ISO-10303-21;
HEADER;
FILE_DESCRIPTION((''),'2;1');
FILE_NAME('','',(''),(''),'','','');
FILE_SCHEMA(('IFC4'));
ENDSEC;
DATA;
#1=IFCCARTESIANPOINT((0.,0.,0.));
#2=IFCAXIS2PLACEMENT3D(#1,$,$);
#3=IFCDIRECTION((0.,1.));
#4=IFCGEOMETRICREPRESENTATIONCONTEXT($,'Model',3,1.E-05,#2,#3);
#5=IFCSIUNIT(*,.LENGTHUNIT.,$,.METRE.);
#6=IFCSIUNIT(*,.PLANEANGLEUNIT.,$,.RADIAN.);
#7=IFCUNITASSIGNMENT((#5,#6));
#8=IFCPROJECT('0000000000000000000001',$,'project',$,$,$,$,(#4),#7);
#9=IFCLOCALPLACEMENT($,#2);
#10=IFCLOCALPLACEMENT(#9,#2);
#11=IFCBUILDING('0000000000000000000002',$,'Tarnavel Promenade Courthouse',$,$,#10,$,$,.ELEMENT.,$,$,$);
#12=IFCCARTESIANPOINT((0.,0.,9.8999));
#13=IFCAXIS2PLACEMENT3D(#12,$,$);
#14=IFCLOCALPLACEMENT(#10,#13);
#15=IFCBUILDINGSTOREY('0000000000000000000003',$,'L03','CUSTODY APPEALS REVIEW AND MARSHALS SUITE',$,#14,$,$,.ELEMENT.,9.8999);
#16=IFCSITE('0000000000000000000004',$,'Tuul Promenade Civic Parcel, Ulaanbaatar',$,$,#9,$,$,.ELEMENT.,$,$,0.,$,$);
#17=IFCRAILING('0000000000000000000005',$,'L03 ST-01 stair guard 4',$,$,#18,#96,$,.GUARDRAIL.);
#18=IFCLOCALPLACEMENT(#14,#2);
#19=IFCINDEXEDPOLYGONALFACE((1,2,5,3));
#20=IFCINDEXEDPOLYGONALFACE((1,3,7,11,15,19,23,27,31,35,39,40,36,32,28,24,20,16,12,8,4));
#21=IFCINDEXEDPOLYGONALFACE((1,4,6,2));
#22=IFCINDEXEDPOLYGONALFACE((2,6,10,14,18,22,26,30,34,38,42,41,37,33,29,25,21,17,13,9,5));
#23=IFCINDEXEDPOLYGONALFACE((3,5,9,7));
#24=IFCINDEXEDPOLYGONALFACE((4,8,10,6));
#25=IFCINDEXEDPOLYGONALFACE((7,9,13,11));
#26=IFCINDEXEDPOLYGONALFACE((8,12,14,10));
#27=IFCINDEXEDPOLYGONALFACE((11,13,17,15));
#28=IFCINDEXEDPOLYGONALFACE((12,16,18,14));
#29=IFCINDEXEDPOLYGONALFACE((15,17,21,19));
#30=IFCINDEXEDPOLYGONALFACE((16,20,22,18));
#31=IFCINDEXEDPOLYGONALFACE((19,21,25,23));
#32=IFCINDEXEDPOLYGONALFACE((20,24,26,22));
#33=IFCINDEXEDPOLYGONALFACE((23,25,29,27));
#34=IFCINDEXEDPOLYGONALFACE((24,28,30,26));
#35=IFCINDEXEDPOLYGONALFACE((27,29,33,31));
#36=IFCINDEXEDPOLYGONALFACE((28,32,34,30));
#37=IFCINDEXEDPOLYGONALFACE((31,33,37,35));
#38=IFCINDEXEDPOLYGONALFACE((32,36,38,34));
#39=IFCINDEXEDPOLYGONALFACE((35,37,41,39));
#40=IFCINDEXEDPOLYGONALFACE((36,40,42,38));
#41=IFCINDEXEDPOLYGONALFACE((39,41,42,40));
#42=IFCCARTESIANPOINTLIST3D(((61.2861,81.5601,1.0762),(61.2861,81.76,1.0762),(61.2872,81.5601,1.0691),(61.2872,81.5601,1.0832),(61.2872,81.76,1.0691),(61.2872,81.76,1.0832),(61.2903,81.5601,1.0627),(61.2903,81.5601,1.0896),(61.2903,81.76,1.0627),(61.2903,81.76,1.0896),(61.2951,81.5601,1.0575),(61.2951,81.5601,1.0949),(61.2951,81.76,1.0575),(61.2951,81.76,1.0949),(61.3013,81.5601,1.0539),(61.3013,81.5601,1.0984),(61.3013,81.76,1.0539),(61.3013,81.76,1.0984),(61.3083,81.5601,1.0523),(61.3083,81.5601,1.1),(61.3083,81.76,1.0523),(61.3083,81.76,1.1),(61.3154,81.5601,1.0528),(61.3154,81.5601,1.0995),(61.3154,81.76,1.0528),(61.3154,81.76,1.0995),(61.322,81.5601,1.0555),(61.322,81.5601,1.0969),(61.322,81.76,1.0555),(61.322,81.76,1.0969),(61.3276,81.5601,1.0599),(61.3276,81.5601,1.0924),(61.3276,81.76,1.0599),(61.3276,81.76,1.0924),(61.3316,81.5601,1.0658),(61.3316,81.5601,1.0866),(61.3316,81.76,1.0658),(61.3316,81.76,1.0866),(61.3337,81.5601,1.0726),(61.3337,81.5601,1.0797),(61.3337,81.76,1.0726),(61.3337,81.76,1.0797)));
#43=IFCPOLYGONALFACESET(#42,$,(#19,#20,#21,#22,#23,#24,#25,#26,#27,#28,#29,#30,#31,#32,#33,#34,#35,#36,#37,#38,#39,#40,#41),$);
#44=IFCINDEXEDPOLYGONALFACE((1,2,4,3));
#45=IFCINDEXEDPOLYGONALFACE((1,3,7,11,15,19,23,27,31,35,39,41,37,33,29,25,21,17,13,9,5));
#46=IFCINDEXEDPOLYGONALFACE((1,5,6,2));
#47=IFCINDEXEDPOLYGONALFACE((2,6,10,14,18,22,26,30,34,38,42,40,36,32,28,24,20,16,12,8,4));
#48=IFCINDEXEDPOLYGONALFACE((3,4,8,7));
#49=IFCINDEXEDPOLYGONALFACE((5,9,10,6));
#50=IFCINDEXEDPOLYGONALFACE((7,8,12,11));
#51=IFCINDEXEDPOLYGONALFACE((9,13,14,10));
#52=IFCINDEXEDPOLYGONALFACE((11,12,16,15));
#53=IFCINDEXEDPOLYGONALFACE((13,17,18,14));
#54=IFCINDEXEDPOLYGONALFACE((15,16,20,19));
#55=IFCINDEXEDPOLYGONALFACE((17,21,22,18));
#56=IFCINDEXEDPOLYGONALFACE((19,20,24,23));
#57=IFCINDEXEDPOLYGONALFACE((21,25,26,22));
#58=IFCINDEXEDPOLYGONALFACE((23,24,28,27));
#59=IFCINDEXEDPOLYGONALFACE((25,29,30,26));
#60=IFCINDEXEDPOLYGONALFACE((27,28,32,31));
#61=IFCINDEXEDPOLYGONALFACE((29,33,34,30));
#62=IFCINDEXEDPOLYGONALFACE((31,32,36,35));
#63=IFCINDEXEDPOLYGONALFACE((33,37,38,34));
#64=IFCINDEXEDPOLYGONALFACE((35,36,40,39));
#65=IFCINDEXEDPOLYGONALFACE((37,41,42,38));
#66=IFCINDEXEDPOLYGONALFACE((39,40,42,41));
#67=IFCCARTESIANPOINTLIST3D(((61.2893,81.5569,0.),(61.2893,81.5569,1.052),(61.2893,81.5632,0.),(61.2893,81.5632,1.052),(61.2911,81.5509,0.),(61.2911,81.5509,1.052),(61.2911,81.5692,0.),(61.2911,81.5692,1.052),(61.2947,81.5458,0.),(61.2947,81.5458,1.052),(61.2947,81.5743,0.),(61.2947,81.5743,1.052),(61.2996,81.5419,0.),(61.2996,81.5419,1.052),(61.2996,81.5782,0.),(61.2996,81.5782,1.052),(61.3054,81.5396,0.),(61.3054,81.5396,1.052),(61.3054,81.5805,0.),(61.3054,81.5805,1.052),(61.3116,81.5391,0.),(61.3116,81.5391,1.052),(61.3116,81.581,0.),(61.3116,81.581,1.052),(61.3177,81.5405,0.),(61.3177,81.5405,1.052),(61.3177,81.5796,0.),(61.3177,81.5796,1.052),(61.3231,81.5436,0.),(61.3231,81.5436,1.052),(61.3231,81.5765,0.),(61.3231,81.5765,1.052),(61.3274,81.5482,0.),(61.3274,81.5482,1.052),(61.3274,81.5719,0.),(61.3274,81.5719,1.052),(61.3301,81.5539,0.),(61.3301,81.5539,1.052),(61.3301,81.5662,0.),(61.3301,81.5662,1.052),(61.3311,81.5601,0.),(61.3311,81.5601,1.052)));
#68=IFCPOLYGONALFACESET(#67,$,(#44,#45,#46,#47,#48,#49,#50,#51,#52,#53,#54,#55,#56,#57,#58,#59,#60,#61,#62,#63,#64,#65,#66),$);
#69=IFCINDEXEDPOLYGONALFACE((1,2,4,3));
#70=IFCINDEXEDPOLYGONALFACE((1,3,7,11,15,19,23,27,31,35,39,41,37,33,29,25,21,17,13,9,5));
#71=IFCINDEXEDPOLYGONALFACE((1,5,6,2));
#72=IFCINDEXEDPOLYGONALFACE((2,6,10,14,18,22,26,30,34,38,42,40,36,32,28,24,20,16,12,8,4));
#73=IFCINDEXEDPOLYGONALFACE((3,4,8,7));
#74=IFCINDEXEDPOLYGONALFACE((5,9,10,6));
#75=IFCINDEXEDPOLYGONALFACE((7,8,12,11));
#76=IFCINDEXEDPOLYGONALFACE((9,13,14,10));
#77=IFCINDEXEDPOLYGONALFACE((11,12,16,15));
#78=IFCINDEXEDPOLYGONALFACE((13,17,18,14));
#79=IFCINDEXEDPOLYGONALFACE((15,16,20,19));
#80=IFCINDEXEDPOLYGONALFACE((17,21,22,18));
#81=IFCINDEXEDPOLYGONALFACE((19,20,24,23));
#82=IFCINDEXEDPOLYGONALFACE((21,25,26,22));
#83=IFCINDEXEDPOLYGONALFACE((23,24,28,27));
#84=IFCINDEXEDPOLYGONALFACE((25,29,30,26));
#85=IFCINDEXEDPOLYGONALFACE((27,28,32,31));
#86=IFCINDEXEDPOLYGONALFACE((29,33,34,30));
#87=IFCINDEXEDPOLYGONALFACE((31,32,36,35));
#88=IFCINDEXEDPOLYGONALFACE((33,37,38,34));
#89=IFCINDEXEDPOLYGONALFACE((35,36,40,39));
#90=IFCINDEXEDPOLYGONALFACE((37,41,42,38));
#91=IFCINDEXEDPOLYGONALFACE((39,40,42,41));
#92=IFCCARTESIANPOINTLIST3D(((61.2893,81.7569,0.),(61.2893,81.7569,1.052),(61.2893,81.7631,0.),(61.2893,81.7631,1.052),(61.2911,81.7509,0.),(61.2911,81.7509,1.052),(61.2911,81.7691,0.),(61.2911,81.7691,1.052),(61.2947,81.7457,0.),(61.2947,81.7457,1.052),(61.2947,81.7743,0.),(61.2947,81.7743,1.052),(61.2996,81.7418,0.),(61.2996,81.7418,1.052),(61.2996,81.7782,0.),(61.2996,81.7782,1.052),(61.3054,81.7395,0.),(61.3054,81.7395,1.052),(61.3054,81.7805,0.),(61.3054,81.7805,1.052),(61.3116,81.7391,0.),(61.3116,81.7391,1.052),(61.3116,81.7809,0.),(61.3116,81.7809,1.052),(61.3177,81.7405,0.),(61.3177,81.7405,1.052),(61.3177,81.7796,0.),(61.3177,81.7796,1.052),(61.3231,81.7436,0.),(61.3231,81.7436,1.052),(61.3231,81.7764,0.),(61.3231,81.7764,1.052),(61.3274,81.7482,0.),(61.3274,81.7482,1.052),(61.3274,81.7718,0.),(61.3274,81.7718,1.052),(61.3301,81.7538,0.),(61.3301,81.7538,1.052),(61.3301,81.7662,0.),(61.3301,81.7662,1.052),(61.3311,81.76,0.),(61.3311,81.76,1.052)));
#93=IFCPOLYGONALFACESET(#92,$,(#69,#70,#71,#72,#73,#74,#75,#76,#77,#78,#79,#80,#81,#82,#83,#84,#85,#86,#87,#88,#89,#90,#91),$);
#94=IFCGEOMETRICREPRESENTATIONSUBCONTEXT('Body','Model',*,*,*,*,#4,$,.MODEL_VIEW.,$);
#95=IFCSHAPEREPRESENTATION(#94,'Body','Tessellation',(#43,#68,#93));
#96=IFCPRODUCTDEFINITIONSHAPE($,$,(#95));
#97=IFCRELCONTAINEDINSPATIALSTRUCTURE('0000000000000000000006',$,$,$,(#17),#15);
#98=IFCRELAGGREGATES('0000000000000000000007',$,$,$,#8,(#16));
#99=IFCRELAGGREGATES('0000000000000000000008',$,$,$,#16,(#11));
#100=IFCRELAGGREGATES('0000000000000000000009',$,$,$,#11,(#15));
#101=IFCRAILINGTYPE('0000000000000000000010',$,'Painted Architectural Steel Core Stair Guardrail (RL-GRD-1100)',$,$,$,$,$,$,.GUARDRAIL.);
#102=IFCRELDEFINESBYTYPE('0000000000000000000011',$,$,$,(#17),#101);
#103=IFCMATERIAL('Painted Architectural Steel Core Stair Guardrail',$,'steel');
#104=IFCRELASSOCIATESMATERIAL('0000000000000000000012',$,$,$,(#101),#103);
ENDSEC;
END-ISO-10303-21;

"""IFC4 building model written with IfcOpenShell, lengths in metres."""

from ifc_helpers import new_model, si_unit, direction, frame, origin, origin_2d, place, context, subcontext, project, spatial, circle, extrude, material, type_object, element, save


model = new_model("IFC4")

# Units and contexts
model_context = context("Model", 3, precision=1e-05, world=origin(), true_north=direction((0.0, 1.0)))
body_context = subcontext(model_context, "Body", "Model", "MODEL_VIEW")
ifc_project = project(units=[si_unit("LENGTHUNIT", "METRE"), si_unit("PLANEANGLEUNIT", "RADIAN")], contexts=[model_context])

# Site, building, storey
site_placement = place(None, origin())
site = spatial("IfcSite", under=ifc_project, at=site_placement, Name="Tuul Promenade Civic Parcel, Ulaanbaatar", CompositionType="ELEMENT", RefElevation=0.0)
building_placement = place(site_placement, origin())
building = spatial("IfcBuilding", under=site, at=building_placement, Name="Tarnavel Promenade Courthouse", CompositionType="ELEMENT")
storey_placement = place(building_placement, frame((0.0, 0.0, 9.8999)))
storey = spatial("IfcBuildingStorey", under=building, at=storey_placement, Name="L03", Description="CUSTODY APPEALS REVIEW AND MARSHALS SUITE", CompositionType="ELEMENT", Elevation=9.8999)

# Railing
ifc_material_1 = material(Name="Painted Architectural Steel Core Stair Guardrail", Category="steel")
railing_type_1 = type_object("IfcRailingType", Name="Painted Architectural Steel Core Stair Guardrail (RL-GRD-1100)", PredefinedType="GUARDRAIL", material=ifc_material_1)
railing_1_placement = place(storey_placement, frame((61.3101, 81.5601, 0.0)))
element("IfcRailing", 1, at=railing_1_placement, inside=storey, type_object=railing_type_1, Name="L03 ST-01 stair guard 4", PredefinedType="GUARDRAIL", context=body_context, shape_type="SweptSolid", body=[
    extrude(circle(Radius=0.0239, at=origin_2d()), frame((0.0, 0.0, 1.0762), z_axis=(0.0, 1.0, 0.0), x_axis=(-1.0, 0.0, 0.0)), (0.0, 0.0, 1.0), 0.2),
    extrude(circle(Radius=0.021, at=origin_2d()), origin(), (0.0, 0.0, 1.0), 1.052),
    extrude(circle(Radius=0.021, at=origin_2d()), frame((0.0, 0.2, 0.0)), (0.0, 0.0, 1.0), 1.052),
])

save(model, "model.ifc")
